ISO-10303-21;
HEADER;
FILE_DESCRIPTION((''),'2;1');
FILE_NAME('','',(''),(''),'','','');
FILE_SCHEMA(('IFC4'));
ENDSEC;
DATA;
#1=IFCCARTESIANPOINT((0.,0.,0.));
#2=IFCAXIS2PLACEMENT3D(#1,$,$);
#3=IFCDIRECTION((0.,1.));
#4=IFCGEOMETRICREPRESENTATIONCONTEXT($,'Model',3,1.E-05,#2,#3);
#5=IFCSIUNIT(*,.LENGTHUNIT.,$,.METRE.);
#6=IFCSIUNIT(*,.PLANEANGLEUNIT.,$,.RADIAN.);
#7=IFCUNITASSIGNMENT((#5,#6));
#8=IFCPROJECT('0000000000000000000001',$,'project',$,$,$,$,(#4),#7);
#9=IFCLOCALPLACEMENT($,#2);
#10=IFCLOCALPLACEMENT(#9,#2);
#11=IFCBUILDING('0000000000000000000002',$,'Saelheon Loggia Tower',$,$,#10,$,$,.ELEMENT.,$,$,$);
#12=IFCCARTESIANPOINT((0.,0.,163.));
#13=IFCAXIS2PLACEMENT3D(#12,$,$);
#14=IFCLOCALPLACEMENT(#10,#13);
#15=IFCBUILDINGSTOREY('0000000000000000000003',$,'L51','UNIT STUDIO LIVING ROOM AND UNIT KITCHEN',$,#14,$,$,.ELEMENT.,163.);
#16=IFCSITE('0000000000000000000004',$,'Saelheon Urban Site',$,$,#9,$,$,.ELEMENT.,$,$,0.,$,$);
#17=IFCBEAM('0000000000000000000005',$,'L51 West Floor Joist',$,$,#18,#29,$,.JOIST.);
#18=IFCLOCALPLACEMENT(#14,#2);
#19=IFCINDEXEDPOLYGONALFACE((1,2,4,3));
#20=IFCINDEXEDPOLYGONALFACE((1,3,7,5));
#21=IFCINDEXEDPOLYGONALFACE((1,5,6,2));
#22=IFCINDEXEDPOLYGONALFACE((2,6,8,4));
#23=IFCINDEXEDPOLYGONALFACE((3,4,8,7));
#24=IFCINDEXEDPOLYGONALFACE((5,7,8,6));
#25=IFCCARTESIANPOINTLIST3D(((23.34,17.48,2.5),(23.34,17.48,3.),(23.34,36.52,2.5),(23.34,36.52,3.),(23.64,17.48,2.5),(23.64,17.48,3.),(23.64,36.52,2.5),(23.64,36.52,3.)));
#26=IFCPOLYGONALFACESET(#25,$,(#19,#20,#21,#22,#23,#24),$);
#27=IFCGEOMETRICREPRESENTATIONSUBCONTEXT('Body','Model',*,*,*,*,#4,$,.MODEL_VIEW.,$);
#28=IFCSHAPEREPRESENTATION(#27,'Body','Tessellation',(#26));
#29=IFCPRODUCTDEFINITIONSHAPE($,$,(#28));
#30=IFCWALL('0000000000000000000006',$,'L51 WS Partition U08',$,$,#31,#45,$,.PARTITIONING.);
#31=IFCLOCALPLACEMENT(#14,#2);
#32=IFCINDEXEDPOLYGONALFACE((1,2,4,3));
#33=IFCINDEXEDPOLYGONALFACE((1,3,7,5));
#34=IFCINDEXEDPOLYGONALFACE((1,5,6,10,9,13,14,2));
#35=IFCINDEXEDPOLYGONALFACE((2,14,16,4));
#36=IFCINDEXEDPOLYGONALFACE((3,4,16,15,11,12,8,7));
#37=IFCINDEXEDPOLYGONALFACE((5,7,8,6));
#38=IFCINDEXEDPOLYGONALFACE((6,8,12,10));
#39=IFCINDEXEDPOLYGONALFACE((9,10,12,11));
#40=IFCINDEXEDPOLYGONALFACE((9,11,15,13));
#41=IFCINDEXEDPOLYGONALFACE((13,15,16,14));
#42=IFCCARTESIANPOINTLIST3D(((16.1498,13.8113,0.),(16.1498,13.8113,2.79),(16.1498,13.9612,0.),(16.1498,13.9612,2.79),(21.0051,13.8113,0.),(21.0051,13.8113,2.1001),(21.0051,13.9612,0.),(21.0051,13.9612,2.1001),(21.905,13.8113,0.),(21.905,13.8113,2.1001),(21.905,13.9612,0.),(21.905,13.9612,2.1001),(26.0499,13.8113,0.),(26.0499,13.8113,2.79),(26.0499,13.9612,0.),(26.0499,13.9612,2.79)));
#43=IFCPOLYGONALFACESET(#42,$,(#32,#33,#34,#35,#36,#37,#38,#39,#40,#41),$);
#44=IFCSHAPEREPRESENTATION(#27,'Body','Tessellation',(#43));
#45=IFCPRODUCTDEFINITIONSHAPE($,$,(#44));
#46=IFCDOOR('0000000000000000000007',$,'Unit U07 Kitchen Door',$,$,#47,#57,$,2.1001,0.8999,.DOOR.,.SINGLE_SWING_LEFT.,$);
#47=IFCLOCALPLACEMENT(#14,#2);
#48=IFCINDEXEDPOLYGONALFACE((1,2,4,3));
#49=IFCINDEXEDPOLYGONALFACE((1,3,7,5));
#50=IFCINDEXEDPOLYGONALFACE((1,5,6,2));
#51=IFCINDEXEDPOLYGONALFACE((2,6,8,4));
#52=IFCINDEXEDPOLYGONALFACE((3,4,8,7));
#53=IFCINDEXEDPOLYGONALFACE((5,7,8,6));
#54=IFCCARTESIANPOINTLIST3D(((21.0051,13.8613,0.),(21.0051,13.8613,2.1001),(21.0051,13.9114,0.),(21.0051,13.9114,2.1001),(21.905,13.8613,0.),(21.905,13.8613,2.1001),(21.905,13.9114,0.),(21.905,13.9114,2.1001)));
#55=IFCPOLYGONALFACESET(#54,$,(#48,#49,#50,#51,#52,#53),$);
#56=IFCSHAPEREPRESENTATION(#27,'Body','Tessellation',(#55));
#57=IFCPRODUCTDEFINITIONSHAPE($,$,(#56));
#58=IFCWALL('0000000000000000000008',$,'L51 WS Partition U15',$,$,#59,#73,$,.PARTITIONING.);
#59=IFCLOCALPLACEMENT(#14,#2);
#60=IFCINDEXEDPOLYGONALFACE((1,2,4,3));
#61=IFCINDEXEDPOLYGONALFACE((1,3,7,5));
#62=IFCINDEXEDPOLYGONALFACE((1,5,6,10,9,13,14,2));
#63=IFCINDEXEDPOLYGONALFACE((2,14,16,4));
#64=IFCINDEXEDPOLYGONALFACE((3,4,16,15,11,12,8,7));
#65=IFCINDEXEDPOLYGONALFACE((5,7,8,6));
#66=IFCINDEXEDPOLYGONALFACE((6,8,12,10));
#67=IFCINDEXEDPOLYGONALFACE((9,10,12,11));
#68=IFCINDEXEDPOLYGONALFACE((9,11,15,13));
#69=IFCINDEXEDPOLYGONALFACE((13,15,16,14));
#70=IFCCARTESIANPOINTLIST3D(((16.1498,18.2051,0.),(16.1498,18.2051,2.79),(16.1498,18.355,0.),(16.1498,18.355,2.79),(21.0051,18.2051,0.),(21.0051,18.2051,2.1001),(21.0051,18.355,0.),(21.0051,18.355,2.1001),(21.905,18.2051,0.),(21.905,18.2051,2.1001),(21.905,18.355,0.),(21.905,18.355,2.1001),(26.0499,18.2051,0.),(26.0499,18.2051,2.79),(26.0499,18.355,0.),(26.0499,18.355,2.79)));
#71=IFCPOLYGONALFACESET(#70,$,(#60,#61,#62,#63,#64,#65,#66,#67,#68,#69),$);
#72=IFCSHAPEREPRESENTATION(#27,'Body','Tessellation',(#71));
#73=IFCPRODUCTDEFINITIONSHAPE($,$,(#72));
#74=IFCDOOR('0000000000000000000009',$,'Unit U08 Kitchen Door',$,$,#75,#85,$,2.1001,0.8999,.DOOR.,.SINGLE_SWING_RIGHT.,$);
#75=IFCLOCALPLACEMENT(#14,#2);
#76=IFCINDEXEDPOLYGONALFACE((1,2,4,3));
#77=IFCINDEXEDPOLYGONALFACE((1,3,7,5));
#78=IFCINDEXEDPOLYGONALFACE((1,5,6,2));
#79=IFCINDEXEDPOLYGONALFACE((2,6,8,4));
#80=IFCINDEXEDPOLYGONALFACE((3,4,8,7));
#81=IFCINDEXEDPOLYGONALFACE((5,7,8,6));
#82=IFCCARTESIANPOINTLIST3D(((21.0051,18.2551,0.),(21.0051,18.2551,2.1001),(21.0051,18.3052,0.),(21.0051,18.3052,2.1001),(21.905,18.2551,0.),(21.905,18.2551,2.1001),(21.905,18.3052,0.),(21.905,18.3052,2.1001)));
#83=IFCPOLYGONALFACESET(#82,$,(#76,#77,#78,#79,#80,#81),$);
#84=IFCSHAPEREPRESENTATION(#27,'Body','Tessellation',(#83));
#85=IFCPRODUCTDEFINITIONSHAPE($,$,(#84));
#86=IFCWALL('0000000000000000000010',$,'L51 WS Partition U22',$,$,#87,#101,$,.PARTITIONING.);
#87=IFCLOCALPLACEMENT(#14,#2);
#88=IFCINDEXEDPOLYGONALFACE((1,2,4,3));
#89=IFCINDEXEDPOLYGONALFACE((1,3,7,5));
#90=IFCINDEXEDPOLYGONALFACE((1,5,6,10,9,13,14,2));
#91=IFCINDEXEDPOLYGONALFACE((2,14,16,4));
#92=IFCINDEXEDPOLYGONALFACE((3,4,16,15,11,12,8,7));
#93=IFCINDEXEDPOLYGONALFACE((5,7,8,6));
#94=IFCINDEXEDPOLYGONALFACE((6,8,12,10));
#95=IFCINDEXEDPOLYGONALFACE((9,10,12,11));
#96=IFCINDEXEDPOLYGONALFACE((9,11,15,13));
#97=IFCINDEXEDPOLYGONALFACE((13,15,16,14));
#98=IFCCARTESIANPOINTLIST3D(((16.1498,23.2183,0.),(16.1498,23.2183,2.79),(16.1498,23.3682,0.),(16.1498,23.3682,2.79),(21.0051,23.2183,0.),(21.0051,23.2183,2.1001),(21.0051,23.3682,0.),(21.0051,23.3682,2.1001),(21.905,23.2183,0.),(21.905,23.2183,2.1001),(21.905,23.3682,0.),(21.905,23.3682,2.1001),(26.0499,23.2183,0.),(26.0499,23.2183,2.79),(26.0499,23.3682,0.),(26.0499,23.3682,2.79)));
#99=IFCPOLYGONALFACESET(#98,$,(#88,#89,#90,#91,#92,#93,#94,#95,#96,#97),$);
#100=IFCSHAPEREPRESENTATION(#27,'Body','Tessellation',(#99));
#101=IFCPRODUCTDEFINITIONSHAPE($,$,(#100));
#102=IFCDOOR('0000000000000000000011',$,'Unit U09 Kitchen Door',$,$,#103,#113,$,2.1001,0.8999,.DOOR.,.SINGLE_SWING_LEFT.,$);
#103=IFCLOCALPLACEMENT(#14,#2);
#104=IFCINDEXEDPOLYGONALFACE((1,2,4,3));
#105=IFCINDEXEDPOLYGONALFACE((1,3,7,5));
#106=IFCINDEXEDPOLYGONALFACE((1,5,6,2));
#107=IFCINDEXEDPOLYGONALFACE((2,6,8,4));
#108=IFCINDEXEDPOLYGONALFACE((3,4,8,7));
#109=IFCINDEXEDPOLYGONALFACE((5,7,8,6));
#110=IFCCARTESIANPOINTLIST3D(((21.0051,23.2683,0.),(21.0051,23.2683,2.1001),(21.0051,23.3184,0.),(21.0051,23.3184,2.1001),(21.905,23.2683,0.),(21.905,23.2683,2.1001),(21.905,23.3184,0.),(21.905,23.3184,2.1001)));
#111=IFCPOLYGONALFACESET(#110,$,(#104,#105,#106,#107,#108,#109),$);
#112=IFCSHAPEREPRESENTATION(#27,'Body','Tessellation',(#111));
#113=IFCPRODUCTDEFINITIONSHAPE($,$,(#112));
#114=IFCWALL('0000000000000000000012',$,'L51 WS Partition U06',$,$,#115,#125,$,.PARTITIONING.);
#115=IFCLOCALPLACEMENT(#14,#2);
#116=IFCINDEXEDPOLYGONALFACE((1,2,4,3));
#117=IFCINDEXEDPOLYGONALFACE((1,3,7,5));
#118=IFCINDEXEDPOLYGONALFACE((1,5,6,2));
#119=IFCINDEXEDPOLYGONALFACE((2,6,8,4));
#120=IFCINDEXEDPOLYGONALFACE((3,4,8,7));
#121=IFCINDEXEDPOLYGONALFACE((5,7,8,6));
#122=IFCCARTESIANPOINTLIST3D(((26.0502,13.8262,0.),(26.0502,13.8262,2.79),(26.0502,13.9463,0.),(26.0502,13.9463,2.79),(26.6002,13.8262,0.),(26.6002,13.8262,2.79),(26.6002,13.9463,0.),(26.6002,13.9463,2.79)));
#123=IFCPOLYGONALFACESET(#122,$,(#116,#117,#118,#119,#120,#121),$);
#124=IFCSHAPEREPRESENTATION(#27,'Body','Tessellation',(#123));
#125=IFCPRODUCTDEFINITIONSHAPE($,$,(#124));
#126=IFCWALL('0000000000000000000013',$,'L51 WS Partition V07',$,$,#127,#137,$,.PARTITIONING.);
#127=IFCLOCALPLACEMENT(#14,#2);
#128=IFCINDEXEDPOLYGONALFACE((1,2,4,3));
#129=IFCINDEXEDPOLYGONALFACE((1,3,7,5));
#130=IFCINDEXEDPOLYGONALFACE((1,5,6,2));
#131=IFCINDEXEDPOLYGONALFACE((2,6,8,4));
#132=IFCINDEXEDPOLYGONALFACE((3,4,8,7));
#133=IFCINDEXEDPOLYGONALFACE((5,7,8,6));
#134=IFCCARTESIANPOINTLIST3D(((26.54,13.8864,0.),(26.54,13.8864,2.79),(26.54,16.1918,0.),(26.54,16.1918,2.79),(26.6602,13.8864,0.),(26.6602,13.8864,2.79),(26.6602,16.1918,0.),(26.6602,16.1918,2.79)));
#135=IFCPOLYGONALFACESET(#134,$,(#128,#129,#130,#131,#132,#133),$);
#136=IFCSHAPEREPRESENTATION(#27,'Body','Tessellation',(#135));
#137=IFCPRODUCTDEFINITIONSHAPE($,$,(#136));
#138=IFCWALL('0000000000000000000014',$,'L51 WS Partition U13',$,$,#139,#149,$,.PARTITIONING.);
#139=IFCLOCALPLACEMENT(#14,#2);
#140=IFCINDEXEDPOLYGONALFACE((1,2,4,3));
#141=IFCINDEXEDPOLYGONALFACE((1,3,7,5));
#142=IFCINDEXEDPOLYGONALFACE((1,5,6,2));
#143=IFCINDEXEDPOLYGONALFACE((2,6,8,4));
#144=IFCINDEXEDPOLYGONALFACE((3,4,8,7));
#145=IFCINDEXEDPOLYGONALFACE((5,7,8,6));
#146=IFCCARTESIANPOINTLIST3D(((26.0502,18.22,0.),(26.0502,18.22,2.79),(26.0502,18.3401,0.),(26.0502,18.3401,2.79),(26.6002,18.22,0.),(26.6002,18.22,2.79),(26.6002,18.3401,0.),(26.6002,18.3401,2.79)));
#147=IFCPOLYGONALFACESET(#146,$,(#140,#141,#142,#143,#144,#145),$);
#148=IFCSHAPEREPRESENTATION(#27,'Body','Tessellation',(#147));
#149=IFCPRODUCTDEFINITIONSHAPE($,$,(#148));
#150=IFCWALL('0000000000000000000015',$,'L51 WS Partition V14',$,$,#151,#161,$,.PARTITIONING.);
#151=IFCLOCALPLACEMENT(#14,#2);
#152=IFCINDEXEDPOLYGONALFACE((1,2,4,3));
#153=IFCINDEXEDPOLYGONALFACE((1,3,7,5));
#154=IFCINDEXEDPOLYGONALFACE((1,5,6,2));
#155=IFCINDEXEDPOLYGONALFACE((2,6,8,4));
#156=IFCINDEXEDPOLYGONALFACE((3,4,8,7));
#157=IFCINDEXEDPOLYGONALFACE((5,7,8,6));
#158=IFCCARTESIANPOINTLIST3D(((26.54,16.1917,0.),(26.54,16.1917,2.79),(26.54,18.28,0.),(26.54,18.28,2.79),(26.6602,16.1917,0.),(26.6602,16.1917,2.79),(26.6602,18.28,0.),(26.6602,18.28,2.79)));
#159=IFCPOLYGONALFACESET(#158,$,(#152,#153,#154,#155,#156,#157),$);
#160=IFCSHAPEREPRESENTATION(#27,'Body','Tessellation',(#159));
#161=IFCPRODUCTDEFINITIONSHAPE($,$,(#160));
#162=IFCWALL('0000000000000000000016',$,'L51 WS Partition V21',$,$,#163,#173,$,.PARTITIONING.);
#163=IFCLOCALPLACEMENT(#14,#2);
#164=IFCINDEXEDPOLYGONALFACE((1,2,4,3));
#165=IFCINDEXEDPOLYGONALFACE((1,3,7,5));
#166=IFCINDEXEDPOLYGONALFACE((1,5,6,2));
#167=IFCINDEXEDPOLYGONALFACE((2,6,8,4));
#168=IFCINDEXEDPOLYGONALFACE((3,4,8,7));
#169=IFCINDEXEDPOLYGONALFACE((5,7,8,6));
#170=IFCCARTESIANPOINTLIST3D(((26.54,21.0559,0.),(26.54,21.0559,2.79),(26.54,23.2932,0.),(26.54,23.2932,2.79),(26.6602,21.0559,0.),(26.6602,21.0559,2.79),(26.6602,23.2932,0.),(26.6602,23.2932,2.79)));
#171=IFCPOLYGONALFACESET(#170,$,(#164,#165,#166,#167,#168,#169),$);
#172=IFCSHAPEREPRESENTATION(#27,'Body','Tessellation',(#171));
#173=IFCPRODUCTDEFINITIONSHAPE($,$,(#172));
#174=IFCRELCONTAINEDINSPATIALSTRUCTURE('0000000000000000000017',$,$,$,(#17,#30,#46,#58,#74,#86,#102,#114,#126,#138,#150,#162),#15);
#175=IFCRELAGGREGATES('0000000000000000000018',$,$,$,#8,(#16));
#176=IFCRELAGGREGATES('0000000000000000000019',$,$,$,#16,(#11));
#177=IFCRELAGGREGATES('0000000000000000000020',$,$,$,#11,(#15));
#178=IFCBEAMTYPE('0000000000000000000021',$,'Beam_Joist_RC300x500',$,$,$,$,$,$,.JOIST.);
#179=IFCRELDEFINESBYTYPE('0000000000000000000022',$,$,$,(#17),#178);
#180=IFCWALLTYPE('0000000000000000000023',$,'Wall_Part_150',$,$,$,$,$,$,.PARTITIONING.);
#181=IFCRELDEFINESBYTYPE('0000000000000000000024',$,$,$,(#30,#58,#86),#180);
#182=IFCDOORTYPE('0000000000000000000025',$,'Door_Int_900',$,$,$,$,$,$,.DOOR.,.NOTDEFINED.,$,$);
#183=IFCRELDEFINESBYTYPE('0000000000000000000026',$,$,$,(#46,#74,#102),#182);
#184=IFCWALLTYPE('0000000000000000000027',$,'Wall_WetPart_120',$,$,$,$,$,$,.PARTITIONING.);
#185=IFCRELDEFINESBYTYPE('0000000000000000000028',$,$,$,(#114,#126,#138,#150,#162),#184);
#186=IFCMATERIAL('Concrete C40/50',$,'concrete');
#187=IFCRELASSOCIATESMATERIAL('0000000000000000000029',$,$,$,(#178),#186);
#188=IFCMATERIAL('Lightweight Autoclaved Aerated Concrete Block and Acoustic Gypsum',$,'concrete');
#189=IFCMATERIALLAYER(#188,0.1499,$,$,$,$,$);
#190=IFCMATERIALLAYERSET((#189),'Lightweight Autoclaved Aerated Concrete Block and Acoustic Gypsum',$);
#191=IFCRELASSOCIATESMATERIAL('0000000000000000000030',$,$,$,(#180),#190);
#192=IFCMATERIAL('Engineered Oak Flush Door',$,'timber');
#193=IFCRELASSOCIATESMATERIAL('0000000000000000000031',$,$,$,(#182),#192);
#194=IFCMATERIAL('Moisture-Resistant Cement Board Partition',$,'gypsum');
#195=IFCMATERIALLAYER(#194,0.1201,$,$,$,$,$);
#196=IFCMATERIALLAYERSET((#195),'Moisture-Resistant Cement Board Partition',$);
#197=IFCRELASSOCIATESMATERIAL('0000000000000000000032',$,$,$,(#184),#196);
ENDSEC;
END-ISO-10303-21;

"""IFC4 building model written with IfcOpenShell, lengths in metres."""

from ifc_helpers import new_model, si_unit, direction, frame, frame_2d, origin, origin_2d, place, context, subcontext, project, spatial, rectangle, extrude, source, transform, mapped, material, layer, layer_set, material_profile, profile_set, type_object, element, fill, save


model = new_model("IFC4")

# Units and contexts
model_context = context("Model", 3, precision=1e-05, world=origin(), true_north=direction((0.0, 1.0)))
body_context = subcontext(model_context, "Body", "Model", "MODEL_VIEW")
ifc_project = project(units=[si_unit("LENGTHUNIT", "METRE"), si_unit("PLANEANGLEUNIT", "RADIAN")], contexts=[model_context])

# Site, building, storey
site_placement = place(None, origin())
site = spatial("IfcSite", under=ifc_project, at=site_placement, Name="Saelheon Urban Site", CompositionType="ELEMENT", RefElevation=0.0)
building_placement = place(site_placement, origin())
building = spatial("IfcBuilding", under=site, at=building_placement, Name="Saelheon Loggia Tower", CompositionType="ELEMENT")
storey_placement = place(building_placement, frame((0.0, 0.0, 163.0)))
storey = spatial("IfcBuildingStorey", under=building, at=storey_placement, Name="L51", Description="UNIT STUDIO LIVING ROOM AND UNIT KITCHEN", CompositionType="ELEMENT", Elevation=163.0)

# Beam
ifc_material_1 = material(Name="Concrete C40/50", Category="concrete")
ifc_material_profile = material_profile(ifc_material_1, rectangle(XDim=0.3, YDim=0.5, at=origin_2d()), Name="RC-300x500")
ifc_profile_set = profile_set([ifc_material_profile], Name="Concrete C40/50")
beam_type = type_object("IfcBeamType", Name="Beam_Joist_RC300x500", PredefinedType="JOIST", material=ifc_profile_set)
shared_shape_1 = source(origin(), body_context, "Body", "SweptSolid", [
    extrude(rectangle(XDim=0.3, YDim=0.5, at=origin_2d()), origin(), (0.0, 0.0, 1.0), 19.04),
])
beam_placement = place(storey_placement, frame((23.49, 17.48, 2.75), z_axis=(0.0, 1.0, 0.0), x_axis=(-1.0, 0.0, 0.0)))
element("IfcBeam", 1, at=beam_placement, inside=storey, type_object=beam_type, Name="L51 West Floor Joist", PredefinedType="JOIST", context=body_context, shape_type="MappedRepresentation", body=[
    mapped(shared_shape_1, transform((0.0, 0.0, 0.0), scale=1.0)),
])

# Walls, openings, doors
ifc_material_2 = material(Name="Lightweight Autoclaved Aerated Concrete Block and Acoustic Gypsum", Category="concrete")
ifc_layer_1 = layer(ifc_material_2, 0.1499)
ifc_layer_set_1 = layer_set([ifc_layer_1], Name="Lightweight Autoclaved Aerated Concrete Block and Acoustic Gypsum")
wall_type_1 = type_object("IfcWallType", Name="Wall_Part_150", PredefinedType="PARTITIONING", material=ifc_layer_set_1)
wall_1_placement = place(storey_placement, frame((26.05, 13.8862, 0.0), z_axis=(0.0, 0.0, 1.0), x_axis=(-1.0, 0.0, 0.0)))
wall_1 = element("IfcWall", 2, at=wall_1_placement, inside=storey, type_object=wall_type_1, Name="L51 WS Partition U08", PredefinedType="PARTITIONING", context=body_context, shape_type="SweptSolid", body=[
    extrude(rectangle(XDim=9.9001, YDim=0.1499, at=frame_2d((4.9502, 0.0))), origin(), (0.0, 0.0, 1.0), 2.79),
])
opening_1_placement = place(wall_1_placement, frame((4.145, 0.0, 0.0)))
opening_1 = element("IfcOpeningElement", 3, at=opening_1_placement, cuts=wall_1, PredefinedType="OPENING", context=body_context, shape_type="SweptSolid", body=[
    extrude(rectangle(XDim=0.8999, YDim=2.1001, at=frame_2d((0.45, 1.05))), frame((0.0, 0.0869, 0.0), z_axis=(0.0, -1.0, 0.0), x_axis=(1.0, 0.0, 0.0)), (0.0, 0.0, 1.0), 0.1738),
])
ifc_material_3 = material(Name="Engineered Oak Flush Door", Category="timber")
door_type = type_object("IfcDoorType", Name="Door_Int_900", OperationType="NOTDEFINED", PredefinedType="DOOR", material=ifc_material_3)
shared_shape_2 = source(origin(), body_context, "Body", "SweptSolid", [
    extrude(rectangle(XDim=0.8999, YDim=2.1001, at=frame_2d((0.45, 1.05))), frame((0.0, 0.0249, 0.0), z_axis=(0.0, -1.0, 0.0), x_axis=(1.0, 0.0, 0.0)), (0.0, 0.0, 1.0), 0.05),
])
door_1_placement = place(opening_1_placement, origin())
door_1 = element("IfcDoor", 4, at=door_1_placement, inside=storey, type_object=door_type, Name="Unit U07 Kitchen Door", OperationType="SINGLE_SWING_LEFT", OverallHeight=2.1001, OverallWidth=0.8999, PredefinedType="DOOR", context=body_context, shape_type="MappedRepresentation", body=[
    mapped(shared_shape_2, transform((0.0, 0.0, 0.0), scale=1.0)),
])
fill(opening_1, door_1)
wall_2_placement = place(storey_placement, frame((26.05, 18.28, 0.0), z_axis=(0.0, 0.0, 1.0), x_axis=(-1.0, 0.0, 0.0)))
wall_2 = element("IfcWall", 5, at=wall_2_placement, inside=storey, type_object=wall_type_1, Name="L51 WS Partition U15", PredefinedType="PARTITIONING", context=body_context, shape_type="SweptSolid", body=[
    extrude(rectangle(XDim=9.9001, YDim=0.1499, at=frame_2d((4.9502, 0.0))), origin(), (0.0, 0.0, 1.0), 2.79),
])
opening_2_placement = place(wall_2_placement, frame((4.145, 0.0, 0.0)))
opening_2 = element("IfcOpeningElement", 6, at=opening_2_placement, cuts=wall_2, PredefinedType="OPENING", context=body_context, shape_type="SweptSolid", body=[
    extrude(rectangle(XDim=0.8999, YDim=2.1001, at=frame_2d((0.45, 1.05))), frame((0.0, 0.0869, 0.0), z_axis=(0.0, -1.0, 0.0), x_axis=(1.0, 0.0, 0.0)), (0.0, 0.0, 1.0), 0.1738),
])
door_2_placement = place(opening_2_placement, origin())
door_2 = element("IfcDoor", 7, at=door_2_placement, inside=storey, type_object=door_type, Name="Unit U08 Kitchen Door", OperationType="SINGLE_SWING_RIGHT", OverallHeight=2.1001, OverallWidth=0.8999, PredefinedType="DOOR", context=body_context, shape_type="MappedRepresentation", body=[
    mapped(shared_shape_2, transform((0.0, 0.0, 0.0), scale=1.0)),
])
fill(opening_2, door_2)
wall_3_placement = place(storey_placement, frame((26.05, 23.2932, 0.0), z_axis=(0.0, 0.0, 1.0), x_axis=(-1.0, 0.0, 0.0)))
wall_3 = element("IfcWall", 8, at=wall_3_placement, inside=storey, type_object=wall_type_1, Name="L51 WS Partition U22", PredefinedType="PARTITIONING", context=body_context, shape_type="SweptSolid", body=[
    extrude(rectangle(XDim=9.9001, YDim=0.1499, at=frame_2d((4.9502, 0.0))), origin(), (0.0, 0.0, 1.0), 2.79),
])
opening_3_placement = place(wall_3_placement, frame((4.145, 0.0, 0.0)))
opening_3 = element("IfcOpeningElement", 9, at=opening_3_placement, cuts=wall_3, PredefinedType="OPENING", context=body_context, shape_type="SweptSolid", body=[
    extrude(rectangle(XDim=0.8999, YDim=2.1001, at=frame_2d((0.45, 1.05))), frame((0.0, 0.0869, 0.0), z_axis=(0.0, -1.0, 0.0), x_axis=(1.0, 0.0, 0.0)), (0.0, 0.0, 1.0), 0.1738),
])
door_3_placement = place(opening_3_placement, origin())
door_3 = element("IfcDoor", 10, at=door_3_placement, inside=storey, type_object=door_type, Name="Unit U09 Kitchen Door", OperationType="SINGLE_SWING_LEFT", OverallHeight=2.1001, OverallWidth=0.8999, PredefinedType="DOOR", context=body_context, shape_type="MappedRepresentation", body=[
    mapped(shared_shape_2, transform((0.0, 0.0, 0.0), scale=1.0)),
])
fill(opening_3, door_3)

# Walls
ifc_material_4 = material(Name="Moisture-Resistant Cement Board Partition", Category="gypsum")
ifc_layer_2 = layer(ifc_material_4, 0.1201)
ifc_layer_set_2 = layer_set([ifc_layer_2], Name="Moisture-Resistant Cement Board Partition")
wall_type_2 = type_object("IfcWallType", Name="Wall_WetPart_120", PredefinedType="PARTITIONING", material=ifc_layer_set_2)
wall_4_placement = place(storey_placement, frame((26.6001, 13.8862, 0.0), z_axis=(0.0, 0.0, 1.0), x_axis=(-1.0, 0.0, 0.0)))
element("IfcWall", 11, at=wall_4_placement, inside=storey, type_object=wall_type_2, Name="L51 WS Partition U06", PredefinedType="PARTITIONING", context=body_context, shape_type="SweptSolid", body=[
    extrude(rectangle(XDim=0.55, YDim=0.1201, at=frame_2d((0.2749, 0.0))), origin(), (0.0, 0.0, 1.0), 2.79),
])
wall_5_placement = place(storey_placement, frame((26.6001, 13.8862, 0.0), z_axis=(0.0, 0.0, 1.0), x_axis=(0.0, 1.0, 0.0)))
element("IfcWall", 12, at=wall_5_placement, inside=storey, type_object=wall_type_2, Name="L51 WS Partition V07", PredefinedType="PARTITIONING", context=body_context, shape_type="SweptSolid", body=[
    extrude(rectangle(XDim=2.3054, YDim=0.1201, at=frame_2d((1.1528, 0.0))), origin(), (0.0, 0.0, 1.0), 2.79),
])
wall_6_placement = place(storey_placement, frame((26.6001, 18.28, 0.0), z_axis=(0.0, 0.0, 1.0), x_axis=(-1.0, 0.0, 0.0)))
element("IfcWall", 13, at=wall_6_placement, inside=storey, type_object=wall_type_2, Name="L51 WS Partition U13", PredefinedType="PARTITIONING", context=body_context, shape_type="SweptSolid", body=[
    extrude(rectangle(XDim=0.55, YDim=0.1201, at=frame_2d((0.2749, 0.0))), origin(), (0.0, 0.0, 1.0), 2.79),
])
wall_7_placement = place(storey_placement, frame((26.6001, 16.1917, 0.0), z_axis=(0.0, 0.0, 1.0), x_axis=(0.0, 1.0, 0.0)))
element("IfcWall", 14, at=wall_7_placement, inside=storey, type_object=wall_type_2, Name="L51 WS Partition V14", PredefinedType="PARTITIONING", context=body_context, shape_type="SweptSolid", body=[
    extrude(rectangle(XDim=2.0884, YDim=0.1201, at=frame_2d((1.0442, 0.0))), origin(), (0.0, 0.0, 1.0), 2.79),
])
wall_8_placement = place(storey_placement, frame((26.6001, 21.0559, 0.0), z_axis=(0.0, 0.0, 1.0), x_axis=(0.0, 1.0, 0.0)))
element("IfcWall", 15, at=wall_8_placement, inside=storey, type_object=wall_type_2, Name="L51 WS Partition V21", PredefinedType="PARTITIONING", context=body_context, shape_type="SweptSolid", body=[
    extrude(rectangle(XDim=2.2373, YDim=0.1201, at=frame_2d((1.1187, 0.0))), origin(), (0.0, 0.0, 1.0), 2.79),
])

save(model, "model.ifc")
